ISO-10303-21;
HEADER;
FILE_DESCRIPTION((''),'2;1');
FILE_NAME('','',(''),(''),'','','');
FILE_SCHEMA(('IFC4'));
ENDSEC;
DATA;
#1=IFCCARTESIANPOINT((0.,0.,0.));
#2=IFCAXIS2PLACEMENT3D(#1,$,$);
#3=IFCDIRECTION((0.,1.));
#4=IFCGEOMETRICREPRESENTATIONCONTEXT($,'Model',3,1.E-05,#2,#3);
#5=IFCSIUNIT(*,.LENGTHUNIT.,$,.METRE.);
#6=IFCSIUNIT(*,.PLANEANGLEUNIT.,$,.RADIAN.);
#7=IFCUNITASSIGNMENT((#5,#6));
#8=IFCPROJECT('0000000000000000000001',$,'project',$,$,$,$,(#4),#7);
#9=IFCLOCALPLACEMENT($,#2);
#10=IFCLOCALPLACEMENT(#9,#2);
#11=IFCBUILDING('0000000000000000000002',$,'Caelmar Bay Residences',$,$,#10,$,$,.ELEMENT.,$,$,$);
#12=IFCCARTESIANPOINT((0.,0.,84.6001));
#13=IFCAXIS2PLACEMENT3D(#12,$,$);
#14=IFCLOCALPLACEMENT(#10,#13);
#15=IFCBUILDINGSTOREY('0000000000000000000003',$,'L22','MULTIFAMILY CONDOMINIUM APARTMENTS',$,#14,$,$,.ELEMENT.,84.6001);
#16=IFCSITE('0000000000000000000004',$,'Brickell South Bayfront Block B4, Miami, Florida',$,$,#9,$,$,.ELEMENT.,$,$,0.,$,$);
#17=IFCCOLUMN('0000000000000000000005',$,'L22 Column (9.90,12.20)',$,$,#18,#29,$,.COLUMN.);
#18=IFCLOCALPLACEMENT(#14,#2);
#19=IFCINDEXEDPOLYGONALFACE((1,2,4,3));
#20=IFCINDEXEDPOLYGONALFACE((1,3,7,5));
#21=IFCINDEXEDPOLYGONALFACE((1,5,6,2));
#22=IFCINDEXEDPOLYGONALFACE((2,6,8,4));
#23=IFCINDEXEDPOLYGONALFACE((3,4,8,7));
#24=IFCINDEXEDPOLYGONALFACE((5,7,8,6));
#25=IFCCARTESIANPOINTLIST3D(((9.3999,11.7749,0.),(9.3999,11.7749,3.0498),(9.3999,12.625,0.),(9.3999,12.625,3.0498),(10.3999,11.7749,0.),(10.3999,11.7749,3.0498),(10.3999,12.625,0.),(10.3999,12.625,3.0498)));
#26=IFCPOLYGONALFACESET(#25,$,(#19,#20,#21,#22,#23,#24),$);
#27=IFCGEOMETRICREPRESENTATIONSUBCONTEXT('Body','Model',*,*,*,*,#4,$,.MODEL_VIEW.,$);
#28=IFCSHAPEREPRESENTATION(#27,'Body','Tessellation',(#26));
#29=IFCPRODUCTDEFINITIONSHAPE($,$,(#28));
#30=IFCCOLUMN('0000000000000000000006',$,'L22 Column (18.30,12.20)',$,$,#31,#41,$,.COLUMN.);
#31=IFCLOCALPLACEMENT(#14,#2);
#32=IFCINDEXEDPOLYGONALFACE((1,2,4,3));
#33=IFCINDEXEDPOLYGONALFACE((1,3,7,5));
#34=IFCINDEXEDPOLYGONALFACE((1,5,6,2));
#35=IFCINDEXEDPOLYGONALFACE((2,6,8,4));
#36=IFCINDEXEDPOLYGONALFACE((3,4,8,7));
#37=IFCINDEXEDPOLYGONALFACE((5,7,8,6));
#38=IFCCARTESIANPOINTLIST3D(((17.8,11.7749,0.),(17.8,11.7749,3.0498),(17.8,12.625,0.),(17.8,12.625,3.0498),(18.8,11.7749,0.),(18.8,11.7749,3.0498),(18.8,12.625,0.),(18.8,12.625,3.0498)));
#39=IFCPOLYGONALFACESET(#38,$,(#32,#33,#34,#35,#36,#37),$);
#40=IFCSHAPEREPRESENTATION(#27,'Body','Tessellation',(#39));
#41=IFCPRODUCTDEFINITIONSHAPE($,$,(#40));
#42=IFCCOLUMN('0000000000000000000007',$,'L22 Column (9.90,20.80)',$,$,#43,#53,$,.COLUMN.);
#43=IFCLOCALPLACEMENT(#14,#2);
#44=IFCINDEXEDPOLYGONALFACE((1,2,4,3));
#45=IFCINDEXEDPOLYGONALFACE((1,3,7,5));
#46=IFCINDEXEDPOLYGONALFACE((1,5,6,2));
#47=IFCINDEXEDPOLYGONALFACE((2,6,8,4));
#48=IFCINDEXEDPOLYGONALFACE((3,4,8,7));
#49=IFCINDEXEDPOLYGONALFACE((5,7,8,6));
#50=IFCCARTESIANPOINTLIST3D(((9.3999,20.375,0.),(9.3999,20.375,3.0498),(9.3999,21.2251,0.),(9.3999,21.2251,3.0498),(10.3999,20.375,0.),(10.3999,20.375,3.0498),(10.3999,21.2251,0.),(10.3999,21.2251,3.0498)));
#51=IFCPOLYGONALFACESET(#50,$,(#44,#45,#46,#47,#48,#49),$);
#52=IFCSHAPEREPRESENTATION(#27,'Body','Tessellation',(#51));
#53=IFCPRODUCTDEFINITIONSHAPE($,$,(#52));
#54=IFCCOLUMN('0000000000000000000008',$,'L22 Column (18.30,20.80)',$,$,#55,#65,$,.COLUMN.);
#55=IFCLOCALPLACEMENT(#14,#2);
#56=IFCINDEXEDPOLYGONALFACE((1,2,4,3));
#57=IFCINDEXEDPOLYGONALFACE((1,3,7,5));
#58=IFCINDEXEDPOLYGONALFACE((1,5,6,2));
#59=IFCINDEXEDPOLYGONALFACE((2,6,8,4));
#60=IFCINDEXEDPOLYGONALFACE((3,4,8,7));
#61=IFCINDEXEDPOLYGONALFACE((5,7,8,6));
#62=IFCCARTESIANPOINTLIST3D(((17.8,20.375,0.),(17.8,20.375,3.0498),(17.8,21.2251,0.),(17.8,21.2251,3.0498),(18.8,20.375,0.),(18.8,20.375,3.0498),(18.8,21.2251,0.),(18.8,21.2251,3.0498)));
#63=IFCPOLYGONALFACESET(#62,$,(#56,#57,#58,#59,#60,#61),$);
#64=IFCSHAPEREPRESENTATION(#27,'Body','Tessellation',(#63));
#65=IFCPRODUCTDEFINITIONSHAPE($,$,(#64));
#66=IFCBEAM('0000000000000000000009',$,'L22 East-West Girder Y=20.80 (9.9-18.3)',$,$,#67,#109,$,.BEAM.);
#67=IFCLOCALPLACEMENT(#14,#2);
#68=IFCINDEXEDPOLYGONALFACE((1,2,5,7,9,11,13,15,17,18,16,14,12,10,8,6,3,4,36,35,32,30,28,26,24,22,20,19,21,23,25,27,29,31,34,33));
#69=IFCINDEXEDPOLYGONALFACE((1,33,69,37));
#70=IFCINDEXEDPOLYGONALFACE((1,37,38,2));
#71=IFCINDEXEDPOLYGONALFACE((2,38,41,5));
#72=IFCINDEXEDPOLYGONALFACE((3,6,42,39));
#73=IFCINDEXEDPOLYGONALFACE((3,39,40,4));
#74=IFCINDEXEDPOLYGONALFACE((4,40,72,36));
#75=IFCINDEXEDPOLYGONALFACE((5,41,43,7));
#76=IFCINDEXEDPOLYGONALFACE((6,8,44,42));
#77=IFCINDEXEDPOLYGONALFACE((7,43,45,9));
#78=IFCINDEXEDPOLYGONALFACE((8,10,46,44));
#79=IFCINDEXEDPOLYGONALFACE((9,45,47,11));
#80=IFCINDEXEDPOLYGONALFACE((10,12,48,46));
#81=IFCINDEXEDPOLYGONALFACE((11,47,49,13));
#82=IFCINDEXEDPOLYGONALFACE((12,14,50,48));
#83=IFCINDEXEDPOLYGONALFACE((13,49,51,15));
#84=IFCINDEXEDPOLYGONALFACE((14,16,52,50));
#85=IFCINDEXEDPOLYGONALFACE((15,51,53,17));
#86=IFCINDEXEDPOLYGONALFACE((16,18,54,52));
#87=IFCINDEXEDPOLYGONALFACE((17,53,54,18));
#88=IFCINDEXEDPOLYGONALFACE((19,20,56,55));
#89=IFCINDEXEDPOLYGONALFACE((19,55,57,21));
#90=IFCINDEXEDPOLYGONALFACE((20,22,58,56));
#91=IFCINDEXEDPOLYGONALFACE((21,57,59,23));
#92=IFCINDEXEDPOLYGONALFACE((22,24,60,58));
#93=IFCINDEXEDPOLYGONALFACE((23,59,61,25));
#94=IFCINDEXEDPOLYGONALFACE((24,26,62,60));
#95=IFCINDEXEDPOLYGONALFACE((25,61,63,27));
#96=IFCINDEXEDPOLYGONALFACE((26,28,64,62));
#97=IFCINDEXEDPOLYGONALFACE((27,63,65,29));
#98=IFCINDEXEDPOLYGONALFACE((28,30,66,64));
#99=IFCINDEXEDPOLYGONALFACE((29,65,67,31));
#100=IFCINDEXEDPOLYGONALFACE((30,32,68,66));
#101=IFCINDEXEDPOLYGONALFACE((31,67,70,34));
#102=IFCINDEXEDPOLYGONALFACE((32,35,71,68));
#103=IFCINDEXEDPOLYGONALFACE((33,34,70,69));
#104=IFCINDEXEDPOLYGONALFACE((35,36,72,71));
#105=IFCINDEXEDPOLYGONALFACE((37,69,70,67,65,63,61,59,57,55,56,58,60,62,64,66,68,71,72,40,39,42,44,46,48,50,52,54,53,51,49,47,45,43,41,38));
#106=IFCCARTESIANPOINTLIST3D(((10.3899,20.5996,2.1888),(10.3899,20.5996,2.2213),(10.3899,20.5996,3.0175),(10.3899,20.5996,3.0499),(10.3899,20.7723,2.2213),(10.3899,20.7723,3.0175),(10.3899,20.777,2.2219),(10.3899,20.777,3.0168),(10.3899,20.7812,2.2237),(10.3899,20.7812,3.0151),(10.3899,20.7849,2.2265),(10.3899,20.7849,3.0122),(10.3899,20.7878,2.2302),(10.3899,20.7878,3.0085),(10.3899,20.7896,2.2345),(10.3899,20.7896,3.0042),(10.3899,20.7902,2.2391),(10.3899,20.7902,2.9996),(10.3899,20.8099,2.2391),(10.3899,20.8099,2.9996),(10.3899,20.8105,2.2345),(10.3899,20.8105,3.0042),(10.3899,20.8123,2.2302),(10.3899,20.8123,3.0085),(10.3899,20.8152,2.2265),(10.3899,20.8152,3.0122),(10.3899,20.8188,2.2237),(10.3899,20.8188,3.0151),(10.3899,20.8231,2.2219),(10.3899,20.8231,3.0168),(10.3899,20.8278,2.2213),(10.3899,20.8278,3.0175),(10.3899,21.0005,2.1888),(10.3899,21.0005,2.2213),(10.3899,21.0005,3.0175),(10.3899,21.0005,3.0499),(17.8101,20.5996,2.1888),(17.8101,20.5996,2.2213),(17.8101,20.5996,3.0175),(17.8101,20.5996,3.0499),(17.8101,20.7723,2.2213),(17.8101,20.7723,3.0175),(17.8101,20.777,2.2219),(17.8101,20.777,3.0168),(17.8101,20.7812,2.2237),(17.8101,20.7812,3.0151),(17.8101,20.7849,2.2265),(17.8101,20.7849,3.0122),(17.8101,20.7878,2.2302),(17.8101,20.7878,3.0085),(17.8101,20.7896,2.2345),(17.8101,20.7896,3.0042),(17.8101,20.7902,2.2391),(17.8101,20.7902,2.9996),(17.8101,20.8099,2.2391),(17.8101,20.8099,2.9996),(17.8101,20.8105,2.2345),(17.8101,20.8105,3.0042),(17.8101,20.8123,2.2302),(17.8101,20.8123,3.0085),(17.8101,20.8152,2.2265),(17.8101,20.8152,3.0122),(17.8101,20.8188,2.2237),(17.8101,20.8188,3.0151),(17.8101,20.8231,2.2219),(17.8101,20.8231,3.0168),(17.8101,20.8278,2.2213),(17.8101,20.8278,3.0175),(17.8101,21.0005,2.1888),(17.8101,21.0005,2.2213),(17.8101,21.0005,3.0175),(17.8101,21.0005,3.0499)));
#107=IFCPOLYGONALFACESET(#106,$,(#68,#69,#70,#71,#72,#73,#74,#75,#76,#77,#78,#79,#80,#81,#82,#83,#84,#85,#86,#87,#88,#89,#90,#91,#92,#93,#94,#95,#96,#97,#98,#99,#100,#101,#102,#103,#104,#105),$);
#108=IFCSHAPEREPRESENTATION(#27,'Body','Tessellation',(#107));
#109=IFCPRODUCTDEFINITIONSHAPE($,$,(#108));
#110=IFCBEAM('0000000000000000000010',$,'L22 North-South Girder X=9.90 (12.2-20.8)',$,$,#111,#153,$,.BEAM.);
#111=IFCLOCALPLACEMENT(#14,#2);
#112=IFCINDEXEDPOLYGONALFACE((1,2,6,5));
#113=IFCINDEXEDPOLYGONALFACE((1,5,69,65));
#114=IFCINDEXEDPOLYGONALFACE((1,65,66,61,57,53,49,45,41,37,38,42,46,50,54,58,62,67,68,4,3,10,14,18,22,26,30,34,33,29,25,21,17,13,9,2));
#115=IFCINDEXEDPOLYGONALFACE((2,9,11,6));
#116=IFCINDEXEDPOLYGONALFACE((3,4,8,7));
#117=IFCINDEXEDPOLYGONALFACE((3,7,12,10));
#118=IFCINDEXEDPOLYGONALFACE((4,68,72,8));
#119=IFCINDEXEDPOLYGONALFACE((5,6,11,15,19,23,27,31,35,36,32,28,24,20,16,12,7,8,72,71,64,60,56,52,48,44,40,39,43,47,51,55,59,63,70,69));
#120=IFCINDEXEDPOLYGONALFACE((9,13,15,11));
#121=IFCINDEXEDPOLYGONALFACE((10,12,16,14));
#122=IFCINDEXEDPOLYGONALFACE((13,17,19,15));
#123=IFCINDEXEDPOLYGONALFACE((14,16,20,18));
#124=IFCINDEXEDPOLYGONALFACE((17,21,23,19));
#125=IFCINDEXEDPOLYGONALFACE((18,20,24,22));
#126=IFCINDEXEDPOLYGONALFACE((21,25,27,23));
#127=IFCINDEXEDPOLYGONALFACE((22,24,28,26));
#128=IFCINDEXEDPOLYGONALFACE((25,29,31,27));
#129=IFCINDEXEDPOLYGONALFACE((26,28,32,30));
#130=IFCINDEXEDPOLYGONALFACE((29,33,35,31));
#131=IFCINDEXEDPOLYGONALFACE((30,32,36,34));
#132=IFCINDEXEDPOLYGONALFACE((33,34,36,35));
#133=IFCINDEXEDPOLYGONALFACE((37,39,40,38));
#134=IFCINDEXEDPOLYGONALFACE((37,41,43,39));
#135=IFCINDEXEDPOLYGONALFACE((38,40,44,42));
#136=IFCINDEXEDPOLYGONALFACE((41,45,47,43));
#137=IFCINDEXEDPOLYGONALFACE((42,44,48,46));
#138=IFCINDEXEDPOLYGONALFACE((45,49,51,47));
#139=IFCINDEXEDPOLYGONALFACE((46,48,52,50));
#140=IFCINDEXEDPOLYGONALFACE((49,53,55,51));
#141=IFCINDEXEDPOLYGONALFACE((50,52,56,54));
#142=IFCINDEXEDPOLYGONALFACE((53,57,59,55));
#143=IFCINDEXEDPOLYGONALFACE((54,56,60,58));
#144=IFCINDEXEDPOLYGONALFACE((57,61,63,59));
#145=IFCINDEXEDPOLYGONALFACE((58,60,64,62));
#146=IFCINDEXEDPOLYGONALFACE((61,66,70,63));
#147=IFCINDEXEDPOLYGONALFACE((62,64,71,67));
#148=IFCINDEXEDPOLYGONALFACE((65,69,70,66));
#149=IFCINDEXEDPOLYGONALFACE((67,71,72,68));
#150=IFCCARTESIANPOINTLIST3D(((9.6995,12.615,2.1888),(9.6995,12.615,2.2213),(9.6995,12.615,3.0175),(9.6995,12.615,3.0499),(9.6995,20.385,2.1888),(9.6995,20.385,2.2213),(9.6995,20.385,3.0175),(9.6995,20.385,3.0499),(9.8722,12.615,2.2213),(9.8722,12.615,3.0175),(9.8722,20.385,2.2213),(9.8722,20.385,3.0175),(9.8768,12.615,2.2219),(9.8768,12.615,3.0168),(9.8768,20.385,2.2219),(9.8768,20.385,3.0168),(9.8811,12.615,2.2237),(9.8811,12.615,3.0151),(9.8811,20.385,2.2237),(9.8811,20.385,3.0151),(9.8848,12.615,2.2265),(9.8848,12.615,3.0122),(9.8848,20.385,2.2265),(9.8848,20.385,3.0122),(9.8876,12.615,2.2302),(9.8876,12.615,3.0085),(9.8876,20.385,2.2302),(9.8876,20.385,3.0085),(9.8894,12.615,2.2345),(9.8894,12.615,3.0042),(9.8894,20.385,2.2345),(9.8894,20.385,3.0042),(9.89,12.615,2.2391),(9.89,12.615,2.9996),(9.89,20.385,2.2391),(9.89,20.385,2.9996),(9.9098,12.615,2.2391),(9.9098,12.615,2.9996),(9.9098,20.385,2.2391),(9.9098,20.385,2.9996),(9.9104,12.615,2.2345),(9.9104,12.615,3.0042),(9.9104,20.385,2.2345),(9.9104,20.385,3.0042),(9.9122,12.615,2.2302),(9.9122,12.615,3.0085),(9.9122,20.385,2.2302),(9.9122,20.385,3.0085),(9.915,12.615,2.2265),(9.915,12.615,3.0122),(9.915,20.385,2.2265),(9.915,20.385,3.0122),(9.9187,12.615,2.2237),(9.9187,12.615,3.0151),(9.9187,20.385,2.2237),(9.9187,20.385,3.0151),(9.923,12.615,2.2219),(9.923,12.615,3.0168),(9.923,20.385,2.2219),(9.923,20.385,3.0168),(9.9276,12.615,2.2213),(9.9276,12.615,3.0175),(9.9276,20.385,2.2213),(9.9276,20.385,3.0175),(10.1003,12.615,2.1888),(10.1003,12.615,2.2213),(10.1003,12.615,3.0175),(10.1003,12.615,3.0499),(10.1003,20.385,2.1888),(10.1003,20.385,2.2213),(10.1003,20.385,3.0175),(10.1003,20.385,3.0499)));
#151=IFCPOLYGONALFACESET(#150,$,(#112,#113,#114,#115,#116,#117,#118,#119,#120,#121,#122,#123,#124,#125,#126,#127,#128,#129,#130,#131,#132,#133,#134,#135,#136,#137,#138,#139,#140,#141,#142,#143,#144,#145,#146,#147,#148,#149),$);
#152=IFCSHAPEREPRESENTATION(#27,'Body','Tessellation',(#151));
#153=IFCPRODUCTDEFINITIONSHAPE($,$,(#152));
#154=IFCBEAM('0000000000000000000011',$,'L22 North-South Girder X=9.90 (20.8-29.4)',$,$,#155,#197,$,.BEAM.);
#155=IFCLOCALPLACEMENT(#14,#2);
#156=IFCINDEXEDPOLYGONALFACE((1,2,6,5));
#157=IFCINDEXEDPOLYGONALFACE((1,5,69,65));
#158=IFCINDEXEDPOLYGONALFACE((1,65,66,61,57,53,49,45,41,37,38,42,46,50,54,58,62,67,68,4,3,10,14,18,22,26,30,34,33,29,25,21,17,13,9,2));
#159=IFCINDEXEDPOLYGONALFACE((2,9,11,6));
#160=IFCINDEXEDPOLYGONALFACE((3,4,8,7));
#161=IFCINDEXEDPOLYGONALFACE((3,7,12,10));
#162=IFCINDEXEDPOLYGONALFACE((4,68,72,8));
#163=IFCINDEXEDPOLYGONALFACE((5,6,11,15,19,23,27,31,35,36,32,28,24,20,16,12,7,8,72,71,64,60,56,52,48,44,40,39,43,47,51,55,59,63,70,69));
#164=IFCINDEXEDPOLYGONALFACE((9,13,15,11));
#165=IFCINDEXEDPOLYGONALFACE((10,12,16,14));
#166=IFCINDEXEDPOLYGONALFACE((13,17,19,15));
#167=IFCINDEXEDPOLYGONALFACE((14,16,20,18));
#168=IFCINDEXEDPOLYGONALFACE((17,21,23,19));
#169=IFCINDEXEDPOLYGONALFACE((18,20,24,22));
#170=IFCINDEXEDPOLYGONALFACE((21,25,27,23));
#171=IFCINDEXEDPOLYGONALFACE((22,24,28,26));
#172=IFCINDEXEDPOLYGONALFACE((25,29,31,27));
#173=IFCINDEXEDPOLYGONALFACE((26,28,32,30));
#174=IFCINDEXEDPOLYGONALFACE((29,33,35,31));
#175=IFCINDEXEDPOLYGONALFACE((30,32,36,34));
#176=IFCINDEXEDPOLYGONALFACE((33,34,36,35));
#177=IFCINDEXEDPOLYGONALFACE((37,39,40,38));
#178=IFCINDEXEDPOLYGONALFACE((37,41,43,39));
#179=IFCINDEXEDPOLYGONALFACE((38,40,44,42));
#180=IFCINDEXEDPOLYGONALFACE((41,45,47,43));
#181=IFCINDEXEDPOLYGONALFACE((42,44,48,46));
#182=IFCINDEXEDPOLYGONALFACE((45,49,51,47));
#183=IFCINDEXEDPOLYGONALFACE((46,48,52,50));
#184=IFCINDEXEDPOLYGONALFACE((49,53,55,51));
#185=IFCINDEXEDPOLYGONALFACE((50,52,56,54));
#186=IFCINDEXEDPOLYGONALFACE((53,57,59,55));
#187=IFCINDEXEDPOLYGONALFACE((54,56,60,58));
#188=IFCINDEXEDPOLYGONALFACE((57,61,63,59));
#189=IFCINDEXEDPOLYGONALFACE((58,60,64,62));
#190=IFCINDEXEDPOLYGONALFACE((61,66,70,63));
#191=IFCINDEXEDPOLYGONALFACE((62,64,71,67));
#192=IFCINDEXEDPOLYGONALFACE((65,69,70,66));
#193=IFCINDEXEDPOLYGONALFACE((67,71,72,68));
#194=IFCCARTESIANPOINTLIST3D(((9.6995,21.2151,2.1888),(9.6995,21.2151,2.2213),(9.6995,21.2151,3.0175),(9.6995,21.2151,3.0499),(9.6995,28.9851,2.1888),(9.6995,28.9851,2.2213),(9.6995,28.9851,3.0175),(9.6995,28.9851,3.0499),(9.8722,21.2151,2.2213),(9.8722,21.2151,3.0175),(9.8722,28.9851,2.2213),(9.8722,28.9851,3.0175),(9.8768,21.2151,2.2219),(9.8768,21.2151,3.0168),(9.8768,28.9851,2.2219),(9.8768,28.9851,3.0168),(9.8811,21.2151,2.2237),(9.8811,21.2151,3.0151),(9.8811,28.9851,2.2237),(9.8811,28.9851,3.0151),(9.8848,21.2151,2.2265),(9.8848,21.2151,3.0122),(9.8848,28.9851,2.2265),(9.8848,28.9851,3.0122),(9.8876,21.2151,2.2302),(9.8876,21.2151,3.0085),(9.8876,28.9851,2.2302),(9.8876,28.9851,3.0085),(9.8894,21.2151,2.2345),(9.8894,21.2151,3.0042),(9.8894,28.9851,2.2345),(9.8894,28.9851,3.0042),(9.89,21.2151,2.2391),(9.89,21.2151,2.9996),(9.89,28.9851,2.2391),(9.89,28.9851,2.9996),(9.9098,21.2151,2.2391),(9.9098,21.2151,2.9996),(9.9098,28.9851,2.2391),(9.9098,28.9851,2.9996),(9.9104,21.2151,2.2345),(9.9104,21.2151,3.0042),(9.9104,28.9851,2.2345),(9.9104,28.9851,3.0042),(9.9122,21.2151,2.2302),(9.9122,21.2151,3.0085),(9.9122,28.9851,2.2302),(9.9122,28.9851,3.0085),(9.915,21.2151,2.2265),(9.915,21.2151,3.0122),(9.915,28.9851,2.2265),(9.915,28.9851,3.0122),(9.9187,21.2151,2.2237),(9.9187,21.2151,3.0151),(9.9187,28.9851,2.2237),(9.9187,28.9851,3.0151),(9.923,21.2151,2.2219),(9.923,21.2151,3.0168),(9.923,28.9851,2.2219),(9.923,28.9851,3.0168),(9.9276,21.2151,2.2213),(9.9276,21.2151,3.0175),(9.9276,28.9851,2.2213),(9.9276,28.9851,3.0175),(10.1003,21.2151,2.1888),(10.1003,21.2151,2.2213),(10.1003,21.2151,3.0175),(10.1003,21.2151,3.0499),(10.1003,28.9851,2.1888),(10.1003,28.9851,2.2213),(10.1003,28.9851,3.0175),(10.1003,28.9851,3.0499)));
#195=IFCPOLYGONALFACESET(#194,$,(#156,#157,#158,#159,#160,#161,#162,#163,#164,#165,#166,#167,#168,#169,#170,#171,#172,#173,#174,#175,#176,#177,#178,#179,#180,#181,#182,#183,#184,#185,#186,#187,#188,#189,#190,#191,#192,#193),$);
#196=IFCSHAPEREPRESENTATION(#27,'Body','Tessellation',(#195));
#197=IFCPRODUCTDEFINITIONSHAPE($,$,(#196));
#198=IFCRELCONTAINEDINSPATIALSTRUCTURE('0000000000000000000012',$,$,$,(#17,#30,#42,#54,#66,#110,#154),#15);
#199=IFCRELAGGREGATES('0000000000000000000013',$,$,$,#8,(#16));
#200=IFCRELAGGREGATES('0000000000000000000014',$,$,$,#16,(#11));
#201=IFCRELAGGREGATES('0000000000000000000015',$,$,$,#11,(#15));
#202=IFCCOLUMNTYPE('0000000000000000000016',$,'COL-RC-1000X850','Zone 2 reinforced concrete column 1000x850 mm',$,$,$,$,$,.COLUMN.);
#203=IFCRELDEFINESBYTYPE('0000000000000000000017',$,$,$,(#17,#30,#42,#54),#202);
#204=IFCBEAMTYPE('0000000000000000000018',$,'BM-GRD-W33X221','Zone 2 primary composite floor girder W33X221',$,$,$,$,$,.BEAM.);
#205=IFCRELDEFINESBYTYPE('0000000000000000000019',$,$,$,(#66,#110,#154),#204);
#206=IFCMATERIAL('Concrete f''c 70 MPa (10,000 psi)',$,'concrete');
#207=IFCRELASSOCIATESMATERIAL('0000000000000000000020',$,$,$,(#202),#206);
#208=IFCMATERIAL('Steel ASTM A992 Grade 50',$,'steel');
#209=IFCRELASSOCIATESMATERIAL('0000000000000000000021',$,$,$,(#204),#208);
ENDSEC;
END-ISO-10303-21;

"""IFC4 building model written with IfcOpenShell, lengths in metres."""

from ifc_helpers import new_model, si_unit, direction, frame, origin, origin_2d, place, context, subcontext, project, spatial, rectangle, i_section, extrude, material, material_profile, profile_set, type_object, element, save


model = new_model("IFC4")

# Units and contexts
model_context = context("Model", 3, precision=1e-05, world=origin(), true_north=direction((0.0, 1.0)))
body_context = subcontext(model_context, "Body", "Model", "MODEL_VIEW")
ifc_project = project(units=[si_unit("LENGTHUNIT", "METRE"), si_unit("PLANEANGLEUNIT", "RADIAN")], contexts=[model_context])

# Site, building, storey
site_placement = place(None, origin())
site = spatial("IfcSite", under=ifc_project, at=site_placement, Name="Brickell South Bayfront Block B4, Miami, Florida", CompositionType="ELEMENT", RefElevation=0.0)
building_placement = place(site_placement, origin())
building = spatial("IfcBuilding", under=site, at=building_placement, Name="Caelmar Bay Residences", CompositionType="ELEMENT")
storey_placement = place(building_placement, frame((0.0, 0.0, 84.6001)))
storey = spatial("IfcBuildingStorey", under=building, at=storey_placement, Name="L22", Description="MULTIFAMILY CONDOMINIUM APARTMENTS", CompositionType="ELEMENT", Elevation=84.6001)

# Columns
ifc_material_1 = material(Name="Concrete f'c 70 MPa (10,000 psi)", Category="concrete")
ifc_material_profile_1 = material_profile(ifc_material_1, rectangle(XDim=1.0, YDim=0.8501, at=origin_2d()), Name="RC-COL-1000X850")
ifc_profile_set_1 = profile_set([ifc_material_profile_1], Name="Concrete f'c 70 MPa (10,000 psi)")
column_type = type_object("IfcColumnType", Name="COL-RC-1000X850", Description="Zone 2 reinforced concrete column 1000x850 mm", PredefinedType="COLUMN", material=ifc_profile_set_1)
for number, where, z_axis, x_axis, name in (
    (1, (9.8999, 12.2, 0.0), (0.0, 0.0, 1.0), (1.0, 0.0, 0.0), "L22 Column (9.90,12.20)"),
    (2, (18.3, 12.2, 0.0), (0.0, 0.0, 1.0), (1.0, 0.0, 0.0), "L22 Column (18.30,12.20)"),
    (3, (9.8999, 20.8, 0.0), (0.0, 0.0, 1.0), (1.0, 0.0, 0.0), "L22 Column (9.90,20.80)"),
    (4, (18.3, 20.8, 0.0), (0.0, 0.0, 1.0), (1.0, 0.0, 0.0), "L22 Column (18.30,20.80)"),
):
    element("IfcColumn", number, at=place(storey_placement, frame(where, z_axis=z_axis, x_axis=x_axis)), inside=storey, type_object=column_type, Name=name, PredefinedType="COLUMN", context=body_context, shape_type="SweptSolid", body=[
        extrude(rectangle(XDim=1.0, YDim=0.8501, at=origin_2d()), origin(), (0.0, 0.0, 1.0), 3.0498),
    ])

# Beams
ifc_material_2 = material(Name="Steel ASTM A992 Grade 50", Category="steel")
ifc_material_profile_2 = material_profile(ifc_material_2, i_section(OverallWidth=0.4009, OverallDepth=0.8611, WebThickness=0.0198, FlangeThickness=0.0325, FilletRadius=0.0178, at=origin_2d()), Name="W33X221")
ifc_profile_set_2 = profile_set([ifc_material_profile_2], Name="Steel ASTM A992 Grade 50")
beam_type_1 = type_object("IfcBeamType", Name="BM-GRD-W33X221", Description="Zone 2 primary composite floor girder W33X221", PredefinedType="BEAM", material=ifc_profile_set_2)
beam_1_placement = place(storey_placement, frame((10.3899, 20.8, 2.6194), z_axis=(1.0, 0.0, 0.0), x_axis=(0.0, 1.0, 0.0)))
element("IfcBeam", 5, at=beam_1_placement, inside=storey, type_object=beam_type_1, Name="L22 East-West Girder Y=20.80 (9.9-18.3)", PredefinedType="BEAM", context=body_context, shape_type="SweptSolid", body=[
    extrude(i_section(OverallWidth=0.4009, OverallDepth=0.8611, WebThickness=0.0198, FlangeThickness=0.0325, FilletRadius=0.0178, at=origin_2d()), origin(), (0.0, 0.0, 1.0), 7.4202),
])
for number, where, z_axis, x_axis, name in (
    (6, (9.8999, 12.615, 2.6194), (0.0, 1.0, 0.0), (-1.0, 0.0, 0.0), "L22 North-South Girder X=9.90 (12.2-20.8)"),
    (7, (9.8999, 21.2151, 2.6194), (0.0, 1.0, 0.0), (-1.0, 0.0, 0.0), "L22 North-South Girder X=9.90 (20.8-29.4)"),
):
    element("IfcBeam", number, at=place(storey_placement, frame(where, z_axis=z_axis, x_axis=x_axis)), inside=storey, type_object=beam_type_1, Name=name, PredefinedType="BEAM", context=body_context, shape_type="SweptSolid", body=[
        extrude(i_section(OverallWidth=0.4009, OverallDepth=0.8611, WebThickness=0.0198, FlangeThickness=0.0325, FilletRadius=0.0178, at=origin_2d()), origin(), (0.0, 0.0, 1.0), 7.77),
    ])

save(model, "model.ifc")
